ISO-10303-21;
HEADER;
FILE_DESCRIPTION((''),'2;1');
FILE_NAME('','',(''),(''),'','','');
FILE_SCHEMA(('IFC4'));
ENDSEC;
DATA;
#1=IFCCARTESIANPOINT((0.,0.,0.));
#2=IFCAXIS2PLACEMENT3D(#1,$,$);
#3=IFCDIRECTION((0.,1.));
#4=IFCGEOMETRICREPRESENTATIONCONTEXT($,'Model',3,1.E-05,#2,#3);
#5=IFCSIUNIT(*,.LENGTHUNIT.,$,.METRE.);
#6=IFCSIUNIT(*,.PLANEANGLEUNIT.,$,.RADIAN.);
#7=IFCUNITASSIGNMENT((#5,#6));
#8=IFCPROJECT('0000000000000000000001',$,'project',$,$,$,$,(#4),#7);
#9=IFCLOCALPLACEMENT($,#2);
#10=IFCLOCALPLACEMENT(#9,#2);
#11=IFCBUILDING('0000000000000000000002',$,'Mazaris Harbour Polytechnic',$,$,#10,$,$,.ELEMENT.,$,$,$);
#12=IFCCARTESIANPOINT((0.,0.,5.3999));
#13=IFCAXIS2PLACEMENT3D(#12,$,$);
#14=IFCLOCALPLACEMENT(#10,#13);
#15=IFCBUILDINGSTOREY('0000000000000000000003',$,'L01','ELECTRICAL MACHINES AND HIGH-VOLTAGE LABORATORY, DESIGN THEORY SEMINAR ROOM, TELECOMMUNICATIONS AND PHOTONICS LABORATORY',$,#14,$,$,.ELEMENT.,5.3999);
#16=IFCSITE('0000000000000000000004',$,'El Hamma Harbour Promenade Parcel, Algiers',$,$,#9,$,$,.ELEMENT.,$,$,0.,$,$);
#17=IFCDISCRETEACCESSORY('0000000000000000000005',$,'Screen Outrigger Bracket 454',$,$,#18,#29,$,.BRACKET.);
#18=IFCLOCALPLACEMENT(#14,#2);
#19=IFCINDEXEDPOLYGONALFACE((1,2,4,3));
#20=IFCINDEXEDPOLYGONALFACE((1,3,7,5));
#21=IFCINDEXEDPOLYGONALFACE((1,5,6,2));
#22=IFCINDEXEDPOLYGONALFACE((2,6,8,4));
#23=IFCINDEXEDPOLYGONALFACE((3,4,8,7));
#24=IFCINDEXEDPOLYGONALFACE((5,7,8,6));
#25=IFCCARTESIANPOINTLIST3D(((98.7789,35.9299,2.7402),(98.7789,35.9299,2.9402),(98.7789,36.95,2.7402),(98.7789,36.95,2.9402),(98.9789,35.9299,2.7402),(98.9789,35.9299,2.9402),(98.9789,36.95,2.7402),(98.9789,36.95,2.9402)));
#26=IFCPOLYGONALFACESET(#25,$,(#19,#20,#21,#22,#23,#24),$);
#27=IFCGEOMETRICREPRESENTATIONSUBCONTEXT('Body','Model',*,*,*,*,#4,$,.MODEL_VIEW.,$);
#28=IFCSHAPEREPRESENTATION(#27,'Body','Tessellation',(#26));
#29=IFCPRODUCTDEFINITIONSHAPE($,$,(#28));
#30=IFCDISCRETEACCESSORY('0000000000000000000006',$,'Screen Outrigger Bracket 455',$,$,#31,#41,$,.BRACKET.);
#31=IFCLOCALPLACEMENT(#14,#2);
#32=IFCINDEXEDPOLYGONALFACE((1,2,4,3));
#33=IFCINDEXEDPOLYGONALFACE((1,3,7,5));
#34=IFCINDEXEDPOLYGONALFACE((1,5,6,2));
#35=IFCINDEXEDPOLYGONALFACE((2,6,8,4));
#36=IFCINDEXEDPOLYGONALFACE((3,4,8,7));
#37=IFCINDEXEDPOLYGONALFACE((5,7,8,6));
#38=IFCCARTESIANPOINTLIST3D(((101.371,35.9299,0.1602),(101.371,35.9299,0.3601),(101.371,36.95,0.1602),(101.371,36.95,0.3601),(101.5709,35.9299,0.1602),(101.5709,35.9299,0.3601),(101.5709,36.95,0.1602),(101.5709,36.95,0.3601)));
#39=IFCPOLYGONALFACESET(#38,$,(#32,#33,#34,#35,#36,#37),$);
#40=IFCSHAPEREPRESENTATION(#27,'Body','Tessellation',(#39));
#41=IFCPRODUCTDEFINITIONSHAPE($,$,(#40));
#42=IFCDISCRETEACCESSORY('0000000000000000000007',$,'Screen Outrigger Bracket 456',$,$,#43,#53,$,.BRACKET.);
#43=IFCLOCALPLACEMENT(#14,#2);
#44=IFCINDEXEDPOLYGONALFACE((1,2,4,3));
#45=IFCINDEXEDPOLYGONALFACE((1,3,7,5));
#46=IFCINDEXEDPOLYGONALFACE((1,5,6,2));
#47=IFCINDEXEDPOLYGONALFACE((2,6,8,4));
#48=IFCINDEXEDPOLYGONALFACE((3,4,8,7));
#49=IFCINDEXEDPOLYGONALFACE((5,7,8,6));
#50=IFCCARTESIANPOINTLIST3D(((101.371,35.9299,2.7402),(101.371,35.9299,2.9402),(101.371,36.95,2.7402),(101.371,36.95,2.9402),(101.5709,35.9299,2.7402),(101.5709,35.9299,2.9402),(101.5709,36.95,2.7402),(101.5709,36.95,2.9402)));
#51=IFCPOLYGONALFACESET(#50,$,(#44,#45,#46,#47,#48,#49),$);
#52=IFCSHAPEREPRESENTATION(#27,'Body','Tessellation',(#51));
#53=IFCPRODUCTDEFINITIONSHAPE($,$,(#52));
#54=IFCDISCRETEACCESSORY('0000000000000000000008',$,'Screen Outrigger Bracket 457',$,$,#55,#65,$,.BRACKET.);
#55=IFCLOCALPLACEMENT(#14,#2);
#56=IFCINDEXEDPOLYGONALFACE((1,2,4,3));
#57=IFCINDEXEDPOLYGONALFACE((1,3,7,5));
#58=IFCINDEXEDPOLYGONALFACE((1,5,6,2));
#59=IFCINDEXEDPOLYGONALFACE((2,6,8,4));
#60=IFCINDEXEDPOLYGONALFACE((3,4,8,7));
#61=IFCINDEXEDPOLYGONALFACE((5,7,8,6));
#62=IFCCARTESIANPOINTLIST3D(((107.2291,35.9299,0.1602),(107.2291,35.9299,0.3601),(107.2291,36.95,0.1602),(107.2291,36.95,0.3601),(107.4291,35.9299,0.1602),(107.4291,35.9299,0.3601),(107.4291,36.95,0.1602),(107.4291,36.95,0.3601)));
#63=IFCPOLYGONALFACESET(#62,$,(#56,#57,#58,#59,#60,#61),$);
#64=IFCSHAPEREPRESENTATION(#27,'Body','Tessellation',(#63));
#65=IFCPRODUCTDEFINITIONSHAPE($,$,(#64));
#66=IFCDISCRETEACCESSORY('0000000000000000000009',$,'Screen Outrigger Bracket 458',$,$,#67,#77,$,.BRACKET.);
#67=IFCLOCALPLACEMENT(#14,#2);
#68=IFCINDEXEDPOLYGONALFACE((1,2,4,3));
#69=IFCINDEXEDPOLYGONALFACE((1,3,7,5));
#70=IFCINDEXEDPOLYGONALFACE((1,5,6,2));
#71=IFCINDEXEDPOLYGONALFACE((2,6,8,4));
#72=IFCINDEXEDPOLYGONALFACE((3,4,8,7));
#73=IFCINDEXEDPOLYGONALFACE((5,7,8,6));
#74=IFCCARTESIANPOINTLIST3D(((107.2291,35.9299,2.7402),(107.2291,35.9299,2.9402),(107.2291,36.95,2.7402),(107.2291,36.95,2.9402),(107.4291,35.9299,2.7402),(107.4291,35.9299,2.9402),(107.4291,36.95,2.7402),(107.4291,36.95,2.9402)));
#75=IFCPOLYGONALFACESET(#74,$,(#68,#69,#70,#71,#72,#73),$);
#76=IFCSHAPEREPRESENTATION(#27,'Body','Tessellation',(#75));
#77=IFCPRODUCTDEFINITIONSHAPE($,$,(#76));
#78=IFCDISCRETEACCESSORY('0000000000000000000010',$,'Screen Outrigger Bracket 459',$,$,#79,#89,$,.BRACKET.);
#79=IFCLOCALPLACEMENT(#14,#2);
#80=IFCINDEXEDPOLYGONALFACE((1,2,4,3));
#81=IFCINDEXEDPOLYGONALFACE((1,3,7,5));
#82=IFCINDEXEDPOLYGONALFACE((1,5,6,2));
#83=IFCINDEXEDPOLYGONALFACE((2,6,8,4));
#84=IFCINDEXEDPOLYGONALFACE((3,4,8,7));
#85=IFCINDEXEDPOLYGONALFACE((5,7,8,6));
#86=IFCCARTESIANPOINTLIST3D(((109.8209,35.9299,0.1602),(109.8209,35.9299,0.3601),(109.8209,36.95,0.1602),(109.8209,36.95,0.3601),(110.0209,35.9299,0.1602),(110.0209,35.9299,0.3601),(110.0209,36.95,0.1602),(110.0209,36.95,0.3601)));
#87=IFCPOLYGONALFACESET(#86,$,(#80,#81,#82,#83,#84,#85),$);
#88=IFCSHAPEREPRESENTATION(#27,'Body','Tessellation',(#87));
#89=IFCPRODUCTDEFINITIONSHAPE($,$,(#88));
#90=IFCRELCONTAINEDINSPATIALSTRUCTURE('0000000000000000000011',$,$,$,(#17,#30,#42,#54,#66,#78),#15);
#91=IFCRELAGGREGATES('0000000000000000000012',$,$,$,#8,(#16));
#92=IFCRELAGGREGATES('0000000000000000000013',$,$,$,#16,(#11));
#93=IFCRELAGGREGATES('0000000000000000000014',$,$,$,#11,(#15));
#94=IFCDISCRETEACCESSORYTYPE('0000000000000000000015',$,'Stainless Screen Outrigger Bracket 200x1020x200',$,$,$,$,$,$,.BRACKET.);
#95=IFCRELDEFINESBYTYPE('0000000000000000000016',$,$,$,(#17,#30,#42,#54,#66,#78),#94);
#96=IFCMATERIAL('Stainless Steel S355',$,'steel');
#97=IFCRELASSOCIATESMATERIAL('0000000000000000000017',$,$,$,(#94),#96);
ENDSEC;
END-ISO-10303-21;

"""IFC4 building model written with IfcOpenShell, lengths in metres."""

from ifc_helpers import new_model, si_unit, direction, frame, origin, origin_2d, place, context, subcontext, project, spatial, rectangle, extrude, material, type_object, element, save


model = new_model("IFC4")

# Units and contexts
model_context = context("Model", 3, precision=1e-05, world=origin(), true_north=direction((0.0, 1.0)))
body_context = subcontext(model_context, "Body", "Model", "MODEL_VIEW")
ifc_project = project(units=[si_unit("LENGTHUNIT", "METRE"), si_unit("PLANEANGLEUNIT", "RADIAN")], contexts=[model_context])

# Site, building, storey
site_placement = place(None, origin())
site = spatial("IfcSite", under=ifc_project, at=site_placement, Name="El Hamma Harbour Promenade Parcel, Algiers", CompositionType="ELEMENT", RefElevation=0.0)
building_placement = place(site_placement, origin())
building = spatial("IfcBuilding", under=site, at=building_placement, Name="Mazaris Harbour Polytechnic", CompositionType="ELEMENT")
storey_placement = place(building_placement, frame((0.0, 0.0, 5.3999)))
storey = spatial("IfcBuildingStorey", under=building, at=storey_placement, Name="L01", Description="ELECTRICAL MACHINES AND HIGH-VOLTAGE LABORATORY, DESIGN THEORY SEMINAR ROOM, TELECOMMUNICATIONS AND PHOTONICS LABORATORY", CompositionType="ELEMENT", Elevation=5.3999)

# Discrete accessories
ifc_material_1 = material(Name="Stainless Steel S355", Category="steel")
discrete_accessory_type = type_object("IfcDiscreteAccessoryType", Name="Stainless Screen Outrigger Bracket 200x1020x200", PredefinedType="BRACKET", material=ifc_material_1)
for number, where, z_axis, x_axis, name in (
    (1, (98.8789, 36.4399, 2.7402), (0.0, 0.0, 1.0), (1.0, 0.0, 0.0), "Screen Outrigger Bracket 454"),
    (2, (101.4709, 36.4399, 0.1602), (0.0, 0.0, 1.0), (1.0, 0.0, 0.0), "Screen Outrigger Bracket 455"),
    (3, (101.4709, 36.4399, 2.7402), (0.0, 0.0, 1.0), (1.0, 0.0, 0.0), "Screen Outrigger Bracket 456"),
    (4, (107.3291, 36.4399, 0.1602), (0.0, 0.0, 1.0), (1.0, 0.0, 0.0), "Screen Outrigger Bracket 457"),
    (5, (107.3291, 36.4399, 2.7402), (0.0, 0.0, 1.0), (1.0, 0.0, 0.0), "Screen Outrigger Bracket 458"),
    (6, (109.9209, 36.4399, 0.1602), (0.0, 0.0, 1.0), (1.0, 0.0, 0.0), "Screen Outrigger Bracket 459"),
):
    element("IfcDiscreteAccessory", number, at=place(storey_placement, frame(where, z_axis=z_axis, x_axis=x_axis)), inside=storey, type_object=discrete_accessory_type, Name=name, PredefinedType="BRACKET", context=body_context, shape_type="SweptSolid", body=[
        extrude(rectangle(XDim=0.2, YDim=1.02, at=origin_2d()), origin(), (0.0, 0.0, 1.0), 0.2),
    ])

save(model, "model.ifc")
